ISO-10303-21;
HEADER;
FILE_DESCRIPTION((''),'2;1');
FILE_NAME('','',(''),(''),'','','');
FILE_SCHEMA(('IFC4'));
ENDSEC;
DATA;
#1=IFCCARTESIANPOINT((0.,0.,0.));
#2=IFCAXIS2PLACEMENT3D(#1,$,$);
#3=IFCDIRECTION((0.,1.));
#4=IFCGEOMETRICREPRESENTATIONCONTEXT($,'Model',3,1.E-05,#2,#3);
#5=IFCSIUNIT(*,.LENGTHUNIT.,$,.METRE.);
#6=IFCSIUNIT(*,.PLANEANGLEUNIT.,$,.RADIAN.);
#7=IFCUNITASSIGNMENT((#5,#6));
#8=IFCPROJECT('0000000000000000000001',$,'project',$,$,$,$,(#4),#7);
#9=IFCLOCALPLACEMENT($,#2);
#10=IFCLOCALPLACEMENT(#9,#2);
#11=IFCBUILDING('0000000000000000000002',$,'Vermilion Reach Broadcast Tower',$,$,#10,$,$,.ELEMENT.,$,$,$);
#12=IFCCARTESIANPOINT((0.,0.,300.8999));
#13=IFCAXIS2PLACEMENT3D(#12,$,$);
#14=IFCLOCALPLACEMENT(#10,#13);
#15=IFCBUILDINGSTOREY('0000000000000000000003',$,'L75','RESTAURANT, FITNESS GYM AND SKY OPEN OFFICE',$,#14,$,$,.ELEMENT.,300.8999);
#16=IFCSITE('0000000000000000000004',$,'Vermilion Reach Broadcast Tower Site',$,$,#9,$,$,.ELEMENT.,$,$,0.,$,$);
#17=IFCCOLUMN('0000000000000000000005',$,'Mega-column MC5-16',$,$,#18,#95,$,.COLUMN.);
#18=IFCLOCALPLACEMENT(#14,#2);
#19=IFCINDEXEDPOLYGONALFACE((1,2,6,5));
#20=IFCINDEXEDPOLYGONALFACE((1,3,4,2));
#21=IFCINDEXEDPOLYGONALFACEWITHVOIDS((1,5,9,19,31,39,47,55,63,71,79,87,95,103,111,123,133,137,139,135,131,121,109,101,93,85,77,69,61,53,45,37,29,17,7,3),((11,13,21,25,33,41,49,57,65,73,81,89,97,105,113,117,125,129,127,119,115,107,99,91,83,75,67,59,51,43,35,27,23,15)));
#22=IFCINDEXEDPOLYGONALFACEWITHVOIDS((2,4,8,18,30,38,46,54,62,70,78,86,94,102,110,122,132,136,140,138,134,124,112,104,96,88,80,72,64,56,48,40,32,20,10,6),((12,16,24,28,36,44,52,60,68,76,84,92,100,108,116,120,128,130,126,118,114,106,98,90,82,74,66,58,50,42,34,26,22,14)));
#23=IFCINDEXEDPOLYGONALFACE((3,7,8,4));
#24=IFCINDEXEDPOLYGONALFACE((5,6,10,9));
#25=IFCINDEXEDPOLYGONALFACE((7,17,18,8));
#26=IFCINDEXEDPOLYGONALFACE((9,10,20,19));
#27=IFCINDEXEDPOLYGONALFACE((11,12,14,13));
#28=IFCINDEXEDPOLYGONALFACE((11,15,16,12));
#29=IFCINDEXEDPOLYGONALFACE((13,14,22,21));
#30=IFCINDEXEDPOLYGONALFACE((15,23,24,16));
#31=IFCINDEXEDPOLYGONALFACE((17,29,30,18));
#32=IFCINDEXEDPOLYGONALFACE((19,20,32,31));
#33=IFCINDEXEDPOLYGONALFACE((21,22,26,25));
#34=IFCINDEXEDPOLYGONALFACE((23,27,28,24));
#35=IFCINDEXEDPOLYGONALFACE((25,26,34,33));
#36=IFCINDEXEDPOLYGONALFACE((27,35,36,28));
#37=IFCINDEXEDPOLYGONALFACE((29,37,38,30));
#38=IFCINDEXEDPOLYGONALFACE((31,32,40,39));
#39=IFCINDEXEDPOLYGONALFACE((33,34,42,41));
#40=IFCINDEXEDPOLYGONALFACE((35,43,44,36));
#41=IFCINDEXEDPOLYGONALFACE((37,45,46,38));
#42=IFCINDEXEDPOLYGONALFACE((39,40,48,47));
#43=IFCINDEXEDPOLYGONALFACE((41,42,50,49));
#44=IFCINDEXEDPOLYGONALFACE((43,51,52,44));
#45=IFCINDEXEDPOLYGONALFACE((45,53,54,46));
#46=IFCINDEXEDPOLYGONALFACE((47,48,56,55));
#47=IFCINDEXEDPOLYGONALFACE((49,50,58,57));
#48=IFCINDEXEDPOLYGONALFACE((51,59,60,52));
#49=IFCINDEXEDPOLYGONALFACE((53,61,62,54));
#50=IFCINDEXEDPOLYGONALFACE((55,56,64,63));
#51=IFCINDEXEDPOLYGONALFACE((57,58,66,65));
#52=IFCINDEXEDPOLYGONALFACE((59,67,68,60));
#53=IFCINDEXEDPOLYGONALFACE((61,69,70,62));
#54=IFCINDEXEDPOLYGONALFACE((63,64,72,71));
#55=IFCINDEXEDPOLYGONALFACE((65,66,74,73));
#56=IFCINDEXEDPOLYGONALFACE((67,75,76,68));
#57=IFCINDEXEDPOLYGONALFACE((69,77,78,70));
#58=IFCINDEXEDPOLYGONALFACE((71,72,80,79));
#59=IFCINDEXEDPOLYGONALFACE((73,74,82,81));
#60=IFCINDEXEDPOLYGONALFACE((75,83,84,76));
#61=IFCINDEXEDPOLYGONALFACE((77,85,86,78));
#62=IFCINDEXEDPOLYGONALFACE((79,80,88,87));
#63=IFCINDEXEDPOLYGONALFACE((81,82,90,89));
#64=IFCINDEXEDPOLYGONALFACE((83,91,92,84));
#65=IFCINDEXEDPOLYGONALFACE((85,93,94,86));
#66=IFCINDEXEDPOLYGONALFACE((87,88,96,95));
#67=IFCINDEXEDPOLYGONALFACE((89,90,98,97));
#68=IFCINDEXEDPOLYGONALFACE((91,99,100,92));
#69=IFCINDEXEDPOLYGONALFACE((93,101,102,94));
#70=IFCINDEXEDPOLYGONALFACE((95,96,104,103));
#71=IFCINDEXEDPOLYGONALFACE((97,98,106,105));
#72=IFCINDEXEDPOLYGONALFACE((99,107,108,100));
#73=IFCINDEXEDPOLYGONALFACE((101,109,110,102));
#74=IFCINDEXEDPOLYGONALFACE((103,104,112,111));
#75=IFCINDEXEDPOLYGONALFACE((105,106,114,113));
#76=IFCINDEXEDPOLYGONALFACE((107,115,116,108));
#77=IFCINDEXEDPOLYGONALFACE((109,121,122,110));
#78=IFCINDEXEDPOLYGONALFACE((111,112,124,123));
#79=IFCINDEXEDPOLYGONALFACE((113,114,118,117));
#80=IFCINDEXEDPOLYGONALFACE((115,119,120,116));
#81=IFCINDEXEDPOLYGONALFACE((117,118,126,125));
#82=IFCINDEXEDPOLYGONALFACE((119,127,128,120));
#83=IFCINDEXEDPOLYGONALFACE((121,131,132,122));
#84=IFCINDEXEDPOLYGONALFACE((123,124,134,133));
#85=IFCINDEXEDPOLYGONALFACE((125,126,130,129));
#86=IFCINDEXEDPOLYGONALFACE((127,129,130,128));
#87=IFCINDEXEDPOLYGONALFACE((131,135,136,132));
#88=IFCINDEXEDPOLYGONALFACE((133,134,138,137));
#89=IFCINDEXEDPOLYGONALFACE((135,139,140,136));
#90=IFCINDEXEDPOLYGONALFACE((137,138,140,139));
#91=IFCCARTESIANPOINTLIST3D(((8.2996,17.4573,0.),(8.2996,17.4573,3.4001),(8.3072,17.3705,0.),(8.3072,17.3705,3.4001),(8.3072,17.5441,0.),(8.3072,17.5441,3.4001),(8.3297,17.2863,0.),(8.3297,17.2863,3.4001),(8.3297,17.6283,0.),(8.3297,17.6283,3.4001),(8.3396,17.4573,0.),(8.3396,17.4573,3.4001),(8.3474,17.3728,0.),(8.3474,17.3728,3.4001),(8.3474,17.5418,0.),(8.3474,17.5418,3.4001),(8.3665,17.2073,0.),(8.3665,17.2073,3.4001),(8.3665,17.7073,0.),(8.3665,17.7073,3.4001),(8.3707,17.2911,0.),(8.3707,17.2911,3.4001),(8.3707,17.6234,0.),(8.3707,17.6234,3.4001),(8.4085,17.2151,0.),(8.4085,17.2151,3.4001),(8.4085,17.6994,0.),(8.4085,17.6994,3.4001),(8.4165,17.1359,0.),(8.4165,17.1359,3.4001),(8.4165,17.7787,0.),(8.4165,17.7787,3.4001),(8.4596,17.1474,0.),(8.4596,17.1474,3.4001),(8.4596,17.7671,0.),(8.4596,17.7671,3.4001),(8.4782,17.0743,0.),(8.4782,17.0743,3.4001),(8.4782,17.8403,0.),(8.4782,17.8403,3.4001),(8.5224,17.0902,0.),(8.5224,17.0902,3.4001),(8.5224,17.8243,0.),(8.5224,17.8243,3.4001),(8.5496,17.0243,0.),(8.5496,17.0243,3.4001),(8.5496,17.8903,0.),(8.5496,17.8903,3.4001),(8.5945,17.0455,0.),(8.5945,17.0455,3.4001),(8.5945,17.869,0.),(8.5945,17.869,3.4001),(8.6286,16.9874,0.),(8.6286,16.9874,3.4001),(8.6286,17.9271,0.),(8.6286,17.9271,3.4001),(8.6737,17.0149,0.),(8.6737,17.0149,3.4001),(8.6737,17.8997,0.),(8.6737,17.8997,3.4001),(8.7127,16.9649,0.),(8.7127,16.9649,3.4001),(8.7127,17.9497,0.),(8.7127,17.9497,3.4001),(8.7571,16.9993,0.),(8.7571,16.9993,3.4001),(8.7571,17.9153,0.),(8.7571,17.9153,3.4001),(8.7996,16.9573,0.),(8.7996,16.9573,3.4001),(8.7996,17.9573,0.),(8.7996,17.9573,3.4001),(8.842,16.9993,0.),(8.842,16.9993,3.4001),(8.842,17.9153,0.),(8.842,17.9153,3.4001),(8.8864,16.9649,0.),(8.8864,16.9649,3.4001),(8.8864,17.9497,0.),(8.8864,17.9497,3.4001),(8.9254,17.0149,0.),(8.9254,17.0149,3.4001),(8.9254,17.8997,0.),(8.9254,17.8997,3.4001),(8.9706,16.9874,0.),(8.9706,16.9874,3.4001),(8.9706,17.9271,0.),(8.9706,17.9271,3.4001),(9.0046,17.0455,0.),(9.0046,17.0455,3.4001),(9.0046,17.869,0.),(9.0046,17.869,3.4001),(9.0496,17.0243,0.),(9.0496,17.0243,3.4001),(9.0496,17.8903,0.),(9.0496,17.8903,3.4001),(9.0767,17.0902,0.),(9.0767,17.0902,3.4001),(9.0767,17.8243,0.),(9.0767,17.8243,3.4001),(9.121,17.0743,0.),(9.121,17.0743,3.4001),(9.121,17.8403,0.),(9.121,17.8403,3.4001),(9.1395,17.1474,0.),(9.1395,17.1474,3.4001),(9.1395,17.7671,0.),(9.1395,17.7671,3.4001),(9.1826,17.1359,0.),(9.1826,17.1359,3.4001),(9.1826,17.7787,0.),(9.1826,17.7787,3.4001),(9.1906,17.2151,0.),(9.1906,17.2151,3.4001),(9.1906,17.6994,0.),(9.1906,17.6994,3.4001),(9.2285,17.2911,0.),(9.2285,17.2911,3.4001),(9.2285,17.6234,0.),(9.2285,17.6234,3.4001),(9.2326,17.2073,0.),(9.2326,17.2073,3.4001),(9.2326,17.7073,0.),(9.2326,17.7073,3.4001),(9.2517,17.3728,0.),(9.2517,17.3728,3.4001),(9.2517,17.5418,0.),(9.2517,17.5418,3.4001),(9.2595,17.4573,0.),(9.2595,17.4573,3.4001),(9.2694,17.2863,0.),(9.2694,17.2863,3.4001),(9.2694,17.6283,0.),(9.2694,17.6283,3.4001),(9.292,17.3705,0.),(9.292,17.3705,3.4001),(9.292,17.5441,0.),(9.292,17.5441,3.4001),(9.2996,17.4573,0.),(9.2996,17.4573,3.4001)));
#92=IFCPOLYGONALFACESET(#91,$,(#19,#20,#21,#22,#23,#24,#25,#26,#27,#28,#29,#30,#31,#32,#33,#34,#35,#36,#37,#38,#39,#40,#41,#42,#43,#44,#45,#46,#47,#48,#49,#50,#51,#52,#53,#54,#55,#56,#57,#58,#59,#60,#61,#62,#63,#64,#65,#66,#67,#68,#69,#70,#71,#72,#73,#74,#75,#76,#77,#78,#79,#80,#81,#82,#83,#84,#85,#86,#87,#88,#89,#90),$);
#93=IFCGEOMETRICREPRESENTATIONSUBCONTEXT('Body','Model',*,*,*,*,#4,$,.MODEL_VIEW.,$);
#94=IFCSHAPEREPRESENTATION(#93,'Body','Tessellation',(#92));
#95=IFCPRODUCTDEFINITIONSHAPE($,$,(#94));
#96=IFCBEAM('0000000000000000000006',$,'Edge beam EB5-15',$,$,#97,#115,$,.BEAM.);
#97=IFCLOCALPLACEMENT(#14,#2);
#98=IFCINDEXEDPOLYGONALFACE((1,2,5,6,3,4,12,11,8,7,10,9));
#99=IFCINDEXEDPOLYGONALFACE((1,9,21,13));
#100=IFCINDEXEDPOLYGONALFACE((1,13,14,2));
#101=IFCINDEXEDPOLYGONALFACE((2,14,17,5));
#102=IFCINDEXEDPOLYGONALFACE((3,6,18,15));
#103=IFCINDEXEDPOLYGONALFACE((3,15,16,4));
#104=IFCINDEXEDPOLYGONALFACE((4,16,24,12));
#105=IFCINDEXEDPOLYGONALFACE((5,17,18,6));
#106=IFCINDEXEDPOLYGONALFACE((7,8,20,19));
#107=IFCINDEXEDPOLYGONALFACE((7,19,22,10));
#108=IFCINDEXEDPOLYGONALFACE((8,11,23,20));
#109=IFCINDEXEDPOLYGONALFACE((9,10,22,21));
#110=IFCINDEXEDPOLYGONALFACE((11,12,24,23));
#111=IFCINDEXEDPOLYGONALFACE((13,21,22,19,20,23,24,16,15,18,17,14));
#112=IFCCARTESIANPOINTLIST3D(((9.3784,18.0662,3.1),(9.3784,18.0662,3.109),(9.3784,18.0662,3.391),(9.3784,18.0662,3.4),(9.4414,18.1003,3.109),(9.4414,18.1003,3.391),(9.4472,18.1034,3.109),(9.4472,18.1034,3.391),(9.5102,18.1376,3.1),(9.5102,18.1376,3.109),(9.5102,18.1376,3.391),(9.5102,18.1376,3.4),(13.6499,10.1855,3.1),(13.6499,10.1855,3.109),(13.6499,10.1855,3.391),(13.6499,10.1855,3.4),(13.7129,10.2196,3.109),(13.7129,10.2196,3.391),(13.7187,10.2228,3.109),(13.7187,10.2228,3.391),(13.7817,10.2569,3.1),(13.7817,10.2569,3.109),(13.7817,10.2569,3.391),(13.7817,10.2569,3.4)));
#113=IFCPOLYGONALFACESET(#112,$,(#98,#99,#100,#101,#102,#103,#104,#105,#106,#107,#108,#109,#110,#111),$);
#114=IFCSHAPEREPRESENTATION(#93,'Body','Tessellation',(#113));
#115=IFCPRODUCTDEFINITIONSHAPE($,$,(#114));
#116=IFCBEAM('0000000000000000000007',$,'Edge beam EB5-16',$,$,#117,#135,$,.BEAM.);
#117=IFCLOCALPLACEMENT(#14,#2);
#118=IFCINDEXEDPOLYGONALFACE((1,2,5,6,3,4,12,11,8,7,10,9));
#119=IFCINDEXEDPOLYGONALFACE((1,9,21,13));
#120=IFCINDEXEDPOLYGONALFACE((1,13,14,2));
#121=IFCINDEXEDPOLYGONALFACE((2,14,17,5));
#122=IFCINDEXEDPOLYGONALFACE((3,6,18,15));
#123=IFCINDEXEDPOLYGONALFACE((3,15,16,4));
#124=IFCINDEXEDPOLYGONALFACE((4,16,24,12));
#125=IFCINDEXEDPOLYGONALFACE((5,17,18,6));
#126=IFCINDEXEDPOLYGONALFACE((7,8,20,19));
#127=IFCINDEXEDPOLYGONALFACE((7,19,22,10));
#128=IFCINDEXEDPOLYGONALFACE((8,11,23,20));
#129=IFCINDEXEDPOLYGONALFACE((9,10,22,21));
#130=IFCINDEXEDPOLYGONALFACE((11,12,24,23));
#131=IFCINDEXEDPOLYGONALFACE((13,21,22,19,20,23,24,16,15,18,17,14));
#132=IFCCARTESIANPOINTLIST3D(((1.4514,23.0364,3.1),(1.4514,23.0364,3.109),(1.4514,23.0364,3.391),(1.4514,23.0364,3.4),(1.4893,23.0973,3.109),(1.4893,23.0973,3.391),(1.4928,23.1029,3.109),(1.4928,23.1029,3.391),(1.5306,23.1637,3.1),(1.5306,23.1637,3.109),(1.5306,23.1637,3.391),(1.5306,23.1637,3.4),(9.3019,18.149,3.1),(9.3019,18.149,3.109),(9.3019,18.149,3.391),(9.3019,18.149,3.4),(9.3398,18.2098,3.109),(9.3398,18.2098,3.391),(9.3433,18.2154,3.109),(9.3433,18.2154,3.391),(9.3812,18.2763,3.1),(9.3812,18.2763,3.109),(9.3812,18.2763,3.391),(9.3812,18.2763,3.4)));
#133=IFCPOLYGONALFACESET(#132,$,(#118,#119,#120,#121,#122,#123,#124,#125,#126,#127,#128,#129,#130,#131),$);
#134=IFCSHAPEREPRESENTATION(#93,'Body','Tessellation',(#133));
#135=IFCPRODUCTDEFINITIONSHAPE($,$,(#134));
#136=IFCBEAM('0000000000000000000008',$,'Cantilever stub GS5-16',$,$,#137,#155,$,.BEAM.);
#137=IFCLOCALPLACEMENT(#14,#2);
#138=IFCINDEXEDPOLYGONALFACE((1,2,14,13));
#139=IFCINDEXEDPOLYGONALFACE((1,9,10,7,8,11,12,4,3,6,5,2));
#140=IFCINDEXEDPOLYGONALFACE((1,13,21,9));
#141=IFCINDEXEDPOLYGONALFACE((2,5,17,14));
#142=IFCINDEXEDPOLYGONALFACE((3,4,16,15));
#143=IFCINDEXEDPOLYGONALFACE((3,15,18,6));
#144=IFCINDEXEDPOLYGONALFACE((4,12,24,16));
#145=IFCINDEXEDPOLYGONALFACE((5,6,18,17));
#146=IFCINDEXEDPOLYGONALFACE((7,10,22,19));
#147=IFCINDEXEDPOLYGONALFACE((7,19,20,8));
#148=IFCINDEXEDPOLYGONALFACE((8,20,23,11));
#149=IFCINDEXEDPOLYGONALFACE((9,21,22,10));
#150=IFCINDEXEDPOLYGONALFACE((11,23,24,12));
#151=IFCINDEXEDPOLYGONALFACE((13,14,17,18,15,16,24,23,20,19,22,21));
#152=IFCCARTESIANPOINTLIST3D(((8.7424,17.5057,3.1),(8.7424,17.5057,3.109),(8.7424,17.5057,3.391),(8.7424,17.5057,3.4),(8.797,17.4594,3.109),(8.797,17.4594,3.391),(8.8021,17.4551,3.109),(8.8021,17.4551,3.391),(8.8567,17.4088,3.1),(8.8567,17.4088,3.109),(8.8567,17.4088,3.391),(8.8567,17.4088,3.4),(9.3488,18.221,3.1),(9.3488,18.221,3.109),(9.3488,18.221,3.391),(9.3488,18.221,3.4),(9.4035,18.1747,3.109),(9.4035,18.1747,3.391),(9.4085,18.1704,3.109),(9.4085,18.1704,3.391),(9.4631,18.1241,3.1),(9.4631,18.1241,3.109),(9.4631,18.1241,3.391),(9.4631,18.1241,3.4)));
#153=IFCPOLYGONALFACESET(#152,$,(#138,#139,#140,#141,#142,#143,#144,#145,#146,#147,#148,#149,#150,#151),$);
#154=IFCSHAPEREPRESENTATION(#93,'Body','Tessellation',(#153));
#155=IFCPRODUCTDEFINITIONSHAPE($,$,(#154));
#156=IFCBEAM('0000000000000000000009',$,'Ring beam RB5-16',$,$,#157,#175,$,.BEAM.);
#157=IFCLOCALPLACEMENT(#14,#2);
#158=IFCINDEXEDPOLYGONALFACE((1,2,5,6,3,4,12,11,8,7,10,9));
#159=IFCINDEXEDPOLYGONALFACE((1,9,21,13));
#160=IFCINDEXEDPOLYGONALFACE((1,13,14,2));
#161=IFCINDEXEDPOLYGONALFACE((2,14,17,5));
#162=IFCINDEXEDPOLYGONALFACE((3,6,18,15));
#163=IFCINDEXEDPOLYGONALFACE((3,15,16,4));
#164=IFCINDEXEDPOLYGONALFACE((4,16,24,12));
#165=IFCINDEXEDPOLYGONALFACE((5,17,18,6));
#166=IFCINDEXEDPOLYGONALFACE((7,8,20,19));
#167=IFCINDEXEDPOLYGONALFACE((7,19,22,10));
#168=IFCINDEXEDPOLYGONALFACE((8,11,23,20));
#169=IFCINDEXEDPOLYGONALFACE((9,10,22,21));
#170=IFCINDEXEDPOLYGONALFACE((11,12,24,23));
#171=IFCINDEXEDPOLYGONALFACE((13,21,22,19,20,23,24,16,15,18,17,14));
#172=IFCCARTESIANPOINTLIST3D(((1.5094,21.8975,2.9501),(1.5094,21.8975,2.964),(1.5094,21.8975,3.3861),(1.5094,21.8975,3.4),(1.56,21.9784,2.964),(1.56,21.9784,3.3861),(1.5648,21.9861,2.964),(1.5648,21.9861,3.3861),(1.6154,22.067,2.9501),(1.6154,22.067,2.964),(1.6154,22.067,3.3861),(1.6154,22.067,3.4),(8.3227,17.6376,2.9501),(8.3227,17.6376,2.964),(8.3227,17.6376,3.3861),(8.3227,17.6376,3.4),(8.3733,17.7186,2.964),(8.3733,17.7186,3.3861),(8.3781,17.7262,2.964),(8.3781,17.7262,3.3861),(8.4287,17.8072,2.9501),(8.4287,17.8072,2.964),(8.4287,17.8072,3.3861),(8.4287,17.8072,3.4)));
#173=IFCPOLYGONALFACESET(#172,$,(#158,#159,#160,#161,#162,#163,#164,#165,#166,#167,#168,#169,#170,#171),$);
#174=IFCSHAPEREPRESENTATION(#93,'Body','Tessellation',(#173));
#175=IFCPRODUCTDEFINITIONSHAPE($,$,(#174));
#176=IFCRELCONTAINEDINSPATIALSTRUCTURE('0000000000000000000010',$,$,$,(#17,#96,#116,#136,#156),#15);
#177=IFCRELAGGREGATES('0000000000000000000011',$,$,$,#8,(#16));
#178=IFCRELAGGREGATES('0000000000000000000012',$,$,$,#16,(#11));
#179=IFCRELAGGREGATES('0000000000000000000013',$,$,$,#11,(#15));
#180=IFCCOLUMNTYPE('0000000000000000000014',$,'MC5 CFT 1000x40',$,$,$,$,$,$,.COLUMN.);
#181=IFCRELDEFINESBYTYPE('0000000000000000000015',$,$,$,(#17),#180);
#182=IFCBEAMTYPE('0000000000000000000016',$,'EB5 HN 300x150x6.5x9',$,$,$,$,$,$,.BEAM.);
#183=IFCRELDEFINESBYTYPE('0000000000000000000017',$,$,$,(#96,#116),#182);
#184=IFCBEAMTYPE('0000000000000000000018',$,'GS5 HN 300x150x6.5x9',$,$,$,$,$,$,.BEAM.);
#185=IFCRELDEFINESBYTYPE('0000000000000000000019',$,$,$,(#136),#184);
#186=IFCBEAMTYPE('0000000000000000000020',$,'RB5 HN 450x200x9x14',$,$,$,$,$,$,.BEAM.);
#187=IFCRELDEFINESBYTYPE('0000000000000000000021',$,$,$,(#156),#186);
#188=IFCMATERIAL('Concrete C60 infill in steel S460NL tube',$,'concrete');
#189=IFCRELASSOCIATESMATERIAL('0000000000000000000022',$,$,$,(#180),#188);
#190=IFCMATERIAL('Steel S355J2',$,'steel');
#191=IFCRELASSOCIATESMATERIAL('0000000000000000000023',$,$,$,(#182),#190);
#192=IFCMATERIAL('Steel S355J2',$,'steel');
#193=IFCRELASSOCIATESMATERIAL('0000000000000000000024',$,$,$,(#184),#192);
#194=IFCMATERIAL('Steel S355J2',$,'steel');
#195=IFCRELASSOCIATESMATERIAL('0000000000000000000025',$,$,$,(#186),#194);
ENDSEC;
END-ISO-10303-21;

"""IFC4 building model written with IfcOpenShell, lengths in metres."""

from ifc_helpers import new_model, si_unit, direction, frame, origin, origin_2d, place, context, subcontext, project, spatial, hollow_circle, i_section, extrude, material, material_profile, profile_set, type_object, element, save


model = new_model("IFC4")

# Units and contexts
model_context = context("Model", 3, precision=1e-05, world=origin(), true_north=direction((0.0, 1.0)))
body_context = subcontext(model_context, "Body", "Model", "MODEL_VIEW")
ifc_project = project(units=[si_unit("LENGTHUNIT", "METRE"), si_unit("PLANEANGLEUNIT", "RADIAN")], contexts=[model_context])

# Site, building, storey
site_placement = place(None, origin())
site = spatial("IfcSite", under=ifc_project, at=site_placement, Name="Vermilion Reach Broadcast Tower Site", CompositionType="ELEMENT", RefElevation=0.0)
building_placement = place(site_placement, origin())
building = spatial("IfcBuilding", under=site, at=building_placement, Name="Vermilion Reach Broadcast Tower", CompositionType="ELEMENT")
storey_placement = place(building_placement, frame((0.0, 0.0, 300.8999)))
storey = spatial("IfcBuildingStorey", under=building, at=storey_placement, Name="L75", Description="RESTAURANT, FITNESS GYM AND SKY OPEN OFFICE", CompositionType="ELEMENT", Elevation=300.8999)

# Column
ifc_material_1 = material(Name="Concrete C60 infill in steel S460NL tube", Category="concrete")
ifc_material_profile_1 = material_profile(ifc_material_1, hollow_circle(Radius=0.5, WallThickness=0.04, at=origin_2d()), Name="Concrete C60 infill in steel S460NL tube CFT 1000x40")
ifc_profile_set_1 = profile_set([ifc_material_profile_1], Name="Concrete C60 infill in steel S460NL tube")
column_type = type_object("IfcColumnType", Name="MC5 CFT 1000x40", PredefinedType="COLUMN", material=ifc_profile_set_1)
column_placement = place(storey_placement, frame((8.7996, 17.4573, 0.0), z_axis=(0.0, 0.0, 1.0), x_axis=(1.0, 0.0, 0.0)))
element("IfcColumn", 1, at=column_placement, inside=storey, type_object=column_type, Name="Mega-column MC5-16", PredefinedType="COLUMN", context=body_context, shape_type="SweptSolid", body=[
    extrude(hollow_circle(Radius=0.5, WallThickness=0.04, at=origin_2d()), origin(), (0.0, 0.0, 1.0), 3.4001),
])

# Beams
ifc_material_2 = material(Name="Steel S355J2", Category="steel")
ifc_material_profile_2 = material_profile(ifc_material_2, i_section(OverallWidth=0.1499, OverallDepth=0.3, WebThickness=0.0066, FlangeThickness=0.009, at=origin_2d()), Name="S355J2 HN 300x150x6.5x9")
ifc_profile_set_2 = profile_set([ifc_material_profile_2], Name="Steel S355J2")
beam_type_1 = type_object("IfcBeamType", Name="EB5 HN 300x150x6.5x9", PredefinedType="BEAM", material=ifc_profile_set_2)
beam_1_placement = place(storey_placement, frame((13.7158, 10.2212, 3.25), z_axis=(-0.476526, 0.87916, 0.0), x_axis=(-0.87916, -0.476526, 0.0)))
element("IfcBeam", 2, at=beam_1_placement, inside=storey, type_object=beam_type_1, Name="Edge beam EB5-15", PredefinedType="BEAM", context=body_context, shape_type="SweptSolid", body=[
    extrude(i_section(OverallWidth=0.1499, OverallDepth=0.3, WebThickness=0.0066, FlangeThickness=0.009, at=origin_2d()), origin(), (0.0, 0.0, 1.0), 8.9639),
])
beam_2_placement = place(storey_placement, frame((9.3416, 18.2126, 3.25), z_axis=(-0.848928, 0.528508, 0.0), x_axis=(-0.528508, -0.848928, 0.0)))
element("IfcBeam", 3, at=beam_2_placement, inside=storey, type_object=beam_type_1, Name="Edge beam EB5-16", PredefinedType="BEAM", context=body_context, shape_type="SweptSolid", body=[
    extrude(i_section(OverallWidth=0.1499, OverallDepth=0.3, WebThickness=0.0066, FlangeThickness=0.009, at=origin_2d()), origin(), (0.0, 0.0, 1.0), 9.2476),
])
ifc_material_3 = material(Name="Steel S355J2", Category="steel")
ifc_material_profile_3 = material_profile(ifc_material_3, i_section(OverallWidth=0.1499, OverallDepth=0.3, WebThickness=0.0066, FlangeThickness=0.009, at=origin_2d()), Name="S355J2 HN 300x150x6.5x9")
ifc_profile_set_3 = profile_set([ifc_material_profile_3], Name="Steel S355J2")
beam_type_2 = type_object("IfcBeamType", Name="GS5 HN 300x150x6.5x9", PredefinedType="BEAM", material=ifc_profile_set_3)
beam_3_placement = place(storey_placement, frame((8.7996, 17.4573, 3.25), z_axis=(0.646665, 0.762774, 0.0), x_axis=(-0.762774, 0.646665, 0.0)))
element("IfcBeam", 4, at=beam_3_placement, inside=storey, type_object=beam_type_2, Name="Cantilever stub GS5-16", PredefinedType="BEAM", context=body_context, shape_type="SweptSolid", body=[
    extrude(i_section(OverallWidth=0.1499, OverallDepth=0.3, WebThickness=0.0066, FlangeThickness=0.009, at=origin_2d()), origin(), (0.0, 0.0, 1.0), 0.9377),
])
ifc_material_4 = material(Name="Steel S355J2", Category="steel")
ifc_material_profile_4 = material_profile(ifc_material_4, i_section(OverallWidth=0.2, OverallDepth=0.45, WebThickness=0.009, FlangeThickness=0.0139, at=origin_2d()), Name="S355J2 HN 450x200x9x14")
ifc_profile_set_4 = profile_set([ifc_material_profile_4], Name="Steel S355J2")
beam_type_3 = type_object("IfcBeamType", Name="RB5 HN 450x200x9x14", PredefinedType="BEAM", material=ifc_profile_set_4)
beam_4_placement = place(storey_placement, frame((8.3757, 17.7224, 3.175), z_axis=(-0.847915, 0.530133, 0.0), x_axis=(-0.530133, -0.847915, 0.0)))
element("IfcBeam", 5, at=beam_4_placement, inside=storey, type_object=beam_type_3, Name="Ring beam RB5-16", PredefinedType="BEAM", context=body_context, shape_type="SweptSolid", body=[
    extrude(i_section(OverallWidth=0.2, OverallDepth=0.45, WebThickness=0.009, FlangeThickness=0.0139, at=origin_2d()), origin(), (0.0, 0.0, 1.0), 8.0354),
])

save(model, "model.ifc")
